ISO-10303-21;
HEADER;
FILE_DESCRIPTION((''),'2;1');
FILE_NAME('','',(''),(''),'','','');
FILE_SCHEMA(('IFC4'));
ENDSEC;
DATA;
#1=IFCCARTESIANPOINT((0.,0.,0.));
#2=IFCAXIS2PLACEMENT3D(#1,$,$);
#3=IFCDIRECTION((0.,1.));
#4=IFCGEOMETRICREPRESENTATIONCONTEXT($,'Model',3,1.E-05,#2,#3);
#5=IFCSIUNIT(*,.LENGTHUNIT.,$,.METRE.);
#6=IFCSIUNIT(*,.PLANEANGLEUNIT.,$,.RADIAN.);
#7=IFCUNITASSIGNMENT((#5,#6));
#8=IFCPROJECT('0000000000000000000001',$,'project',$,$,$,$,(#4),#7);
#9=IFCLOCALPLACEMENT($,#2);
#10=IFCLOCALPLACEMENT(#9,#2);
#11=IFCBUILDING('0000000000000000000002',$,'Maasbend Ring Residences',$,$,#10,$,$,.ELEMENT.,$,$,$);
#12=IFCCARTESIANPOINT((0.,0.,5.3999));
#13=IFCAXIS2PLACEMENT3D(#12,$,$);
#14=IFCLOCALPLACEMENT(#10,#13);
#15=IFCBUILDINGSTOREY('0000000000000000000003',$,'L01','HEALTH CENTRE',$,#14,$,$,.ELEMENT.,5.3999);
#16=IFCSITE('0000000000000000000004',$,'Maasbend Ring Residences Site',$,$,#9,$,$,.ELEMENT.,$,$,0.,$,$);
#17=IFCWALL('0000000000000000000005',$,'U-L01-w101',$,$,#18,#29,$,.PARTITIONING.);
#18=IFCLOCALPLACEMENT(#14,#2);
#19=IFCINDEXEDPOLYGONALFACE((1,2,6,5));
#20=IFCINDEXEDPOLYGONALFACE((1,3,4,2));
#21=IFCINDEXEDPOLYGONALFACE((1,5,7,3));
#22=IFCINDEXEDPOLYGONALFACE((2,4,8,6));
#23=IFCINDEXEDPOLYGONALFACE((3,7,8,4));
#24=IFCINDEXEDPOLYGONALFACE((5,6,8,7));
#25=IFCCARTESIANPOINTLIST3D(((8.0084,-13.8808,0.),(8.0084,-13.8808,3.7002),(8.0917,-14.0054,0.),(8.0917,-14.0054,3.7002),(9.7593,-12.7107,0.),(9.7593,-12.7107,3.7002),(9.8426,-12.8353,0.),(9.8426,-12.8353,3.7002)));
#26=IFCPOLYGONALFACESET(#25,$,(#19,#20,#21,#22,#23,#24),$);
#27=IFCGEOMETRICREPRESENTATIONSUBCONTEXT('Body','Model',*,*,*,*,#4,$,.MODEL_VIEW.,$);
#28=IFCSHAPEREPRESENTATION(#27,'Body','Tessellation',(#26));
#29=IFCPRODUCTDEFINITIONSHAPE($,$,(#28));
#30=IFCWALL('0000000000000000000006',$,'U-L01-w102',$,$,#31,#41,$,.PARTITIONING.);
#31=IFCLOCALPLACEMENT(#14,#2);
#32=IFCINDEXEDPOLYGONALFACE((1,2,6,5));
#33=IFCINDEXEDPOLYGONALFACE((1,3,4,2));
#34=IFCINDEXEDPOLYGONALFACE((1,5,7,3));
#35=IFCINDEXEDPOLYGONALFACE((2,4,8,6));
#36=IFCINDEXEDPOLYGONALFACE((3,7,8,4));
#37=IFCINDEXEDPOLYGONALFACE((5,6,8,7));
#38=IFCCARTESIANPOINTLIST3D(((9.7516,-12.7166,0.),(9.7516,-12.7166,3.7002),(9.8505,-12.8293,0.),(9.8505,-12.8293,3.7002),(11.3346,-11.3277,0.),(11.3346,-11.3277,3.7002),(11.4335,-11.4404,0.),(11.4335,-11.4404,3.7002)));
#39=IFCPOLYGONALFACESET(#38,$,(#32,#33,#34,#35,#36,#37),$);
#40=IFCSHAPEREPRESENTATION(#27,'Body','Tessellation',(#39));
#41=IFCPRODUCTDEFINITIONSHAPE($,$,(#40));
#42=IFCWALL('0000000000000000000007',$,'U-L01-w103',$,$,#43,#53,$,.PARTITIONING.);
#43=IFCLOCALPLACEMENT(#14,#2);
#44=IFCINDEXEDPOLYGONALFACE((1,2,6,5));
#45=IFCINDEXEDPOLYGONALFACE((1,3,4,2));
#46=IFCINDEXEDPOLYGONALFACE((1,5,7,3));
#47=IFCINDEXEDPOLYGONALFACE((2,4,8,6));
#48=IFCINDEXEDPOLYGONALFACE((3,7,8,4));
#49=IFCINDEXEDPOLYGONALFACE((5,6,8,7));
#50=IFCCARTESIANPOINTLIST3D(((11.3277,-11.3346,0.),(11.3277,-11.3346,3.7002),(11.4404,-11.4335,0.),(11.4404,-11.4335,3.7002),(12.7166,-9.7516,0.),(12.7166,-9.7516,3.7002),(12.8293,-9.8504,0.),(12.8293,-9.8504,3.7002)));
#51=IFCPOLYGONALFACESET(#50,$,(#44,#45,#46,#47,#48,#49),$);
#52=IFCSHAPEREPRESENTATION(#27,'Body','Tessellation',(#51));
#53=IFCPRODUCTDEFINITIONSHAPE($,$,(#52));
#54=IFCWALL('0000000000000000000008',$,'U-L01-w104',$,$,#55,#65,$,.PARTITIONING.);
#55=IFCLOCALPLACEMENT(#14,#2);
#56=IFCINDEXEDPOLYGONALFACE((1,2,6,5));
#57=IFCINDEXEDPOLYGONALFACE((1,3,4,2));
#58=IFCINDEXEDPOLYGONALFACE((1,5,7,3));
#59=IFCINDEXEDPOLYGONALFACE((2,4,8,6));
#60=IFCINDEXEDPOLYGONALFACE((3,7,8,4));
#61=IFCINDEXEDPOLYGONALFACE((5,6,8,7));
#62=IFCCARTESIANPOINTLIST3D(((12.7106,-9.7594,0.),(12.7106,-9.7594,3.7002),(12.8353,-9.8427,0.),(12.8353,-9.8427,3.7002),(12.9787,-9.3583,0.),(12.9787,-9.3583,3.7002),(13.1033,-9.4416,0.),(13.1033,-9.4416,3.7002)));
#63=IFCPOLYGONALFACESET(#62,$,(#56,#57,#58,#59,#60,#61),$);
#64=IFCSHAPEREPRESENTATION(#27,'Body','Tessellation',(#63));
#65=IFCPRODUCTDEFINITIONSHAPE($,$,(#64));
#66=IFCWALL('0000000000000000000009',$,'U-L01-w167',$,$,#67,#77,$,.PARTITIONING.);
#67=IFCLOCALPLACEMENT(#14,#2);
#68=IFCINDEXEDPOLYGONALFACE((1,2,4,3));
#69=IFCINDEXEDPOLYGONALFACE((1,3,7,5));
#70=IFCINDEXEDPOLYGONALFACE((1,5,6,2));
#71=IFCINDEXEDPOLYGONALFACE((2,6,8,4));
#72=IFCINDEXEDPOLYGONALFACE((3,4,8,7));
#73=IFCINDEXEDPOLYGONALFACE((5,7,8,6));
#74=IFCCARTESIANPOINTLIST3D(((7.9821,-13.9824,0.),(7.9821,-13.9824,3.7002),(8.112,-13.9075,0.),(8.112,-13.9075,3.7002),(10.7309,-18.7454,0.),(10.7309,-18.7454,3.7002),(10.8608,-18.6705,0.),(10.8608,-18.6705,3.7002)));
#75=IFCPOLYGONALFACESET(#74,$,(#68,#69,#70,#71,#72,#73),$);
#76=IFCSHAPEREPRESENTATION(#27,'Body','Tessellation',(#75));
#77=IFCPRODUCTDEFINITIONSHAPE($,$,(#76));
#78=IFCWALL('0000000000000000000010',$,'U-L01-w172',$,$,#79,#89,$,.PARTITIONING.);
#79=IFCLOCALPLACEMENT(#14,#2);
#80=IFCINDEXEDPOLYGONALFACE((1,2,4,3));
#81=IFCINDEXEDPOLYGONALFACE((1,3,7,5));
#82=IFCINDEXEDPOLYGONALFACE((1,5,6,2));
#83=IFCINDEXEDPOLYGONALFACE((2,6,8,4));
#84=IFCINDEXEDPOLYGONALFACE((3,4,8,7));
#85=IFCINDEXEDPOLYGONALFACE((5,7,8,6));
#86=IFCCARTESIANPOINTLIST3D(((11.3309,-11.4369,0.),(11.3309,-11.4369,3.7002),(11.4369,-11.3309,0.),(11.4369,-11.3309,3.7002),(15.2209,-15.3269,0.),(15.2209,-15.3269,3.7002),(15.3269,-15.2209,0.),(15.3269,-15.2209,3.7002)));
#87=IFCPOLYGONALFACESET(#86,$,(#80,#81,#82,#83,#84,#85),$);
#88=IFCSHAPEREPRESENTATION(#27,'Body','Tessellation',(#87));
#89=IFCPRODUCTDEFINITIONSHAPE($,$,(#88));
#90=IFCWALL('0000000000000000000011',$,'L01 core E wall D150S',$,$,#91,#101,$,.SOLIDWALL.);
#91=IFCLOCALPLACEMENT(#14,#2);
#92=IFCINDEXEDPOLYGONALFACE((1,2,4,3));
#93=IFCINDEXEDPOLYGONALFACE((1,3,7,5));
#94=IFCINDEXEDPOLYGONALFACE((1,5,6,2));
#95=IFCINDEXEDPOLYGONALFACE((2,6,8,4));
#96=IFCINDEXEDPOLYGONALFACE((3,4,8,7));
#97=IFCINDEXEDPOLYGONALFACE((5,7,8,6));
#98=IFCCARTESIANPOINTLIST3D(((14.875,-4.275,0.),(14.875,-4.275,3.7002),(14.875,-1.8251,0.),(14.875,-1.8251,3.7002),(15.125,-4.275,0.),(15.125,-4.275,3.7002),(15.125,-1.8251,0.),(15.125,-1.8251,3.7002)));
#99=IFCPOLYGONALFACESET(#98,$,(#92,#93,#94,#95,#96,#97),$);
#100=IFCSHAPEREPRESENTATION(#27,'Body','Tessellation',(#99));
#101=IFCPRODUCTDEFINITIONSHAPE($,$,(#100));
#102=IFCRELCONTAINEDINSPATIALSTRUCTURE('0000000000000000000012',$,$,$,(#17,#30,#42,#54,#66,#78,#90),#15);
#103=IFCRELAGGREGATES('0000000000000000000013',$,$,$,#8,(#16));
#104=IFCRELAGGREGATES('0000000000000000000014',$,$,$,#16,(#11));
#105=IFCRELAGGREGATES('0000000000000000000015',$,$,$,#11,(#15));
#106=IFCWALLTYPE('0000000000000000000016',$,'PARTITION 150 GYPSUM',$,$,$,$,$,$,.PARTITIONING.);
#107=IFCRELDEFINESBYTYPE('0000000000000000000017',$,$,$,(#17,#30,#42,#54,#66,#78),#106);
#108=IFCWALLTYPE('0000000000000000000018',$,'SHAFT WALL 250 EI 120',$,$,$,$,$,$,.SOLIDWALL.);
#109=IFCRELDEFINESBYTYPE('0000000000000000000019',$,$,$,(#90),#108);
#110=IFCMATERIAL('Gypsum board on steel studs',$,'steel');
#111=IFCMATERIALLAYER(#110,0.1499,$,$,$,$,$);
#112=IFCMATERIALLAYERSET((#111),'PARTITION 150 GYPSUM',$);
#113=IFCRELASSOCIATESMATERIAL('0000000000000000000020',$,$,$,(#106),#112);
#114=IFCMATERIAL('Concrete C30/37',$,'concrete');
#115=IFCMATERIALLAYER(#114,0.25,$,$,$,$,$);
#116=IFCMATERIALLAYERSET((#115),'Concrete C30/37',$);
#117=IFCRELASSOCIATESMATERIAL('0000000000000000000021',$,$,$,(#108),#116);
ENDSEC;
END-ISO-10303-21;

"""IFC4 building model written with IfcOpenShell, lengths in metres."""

from ifc_helpers import new_model, si_unit, direction, frame, frame_2d, origin, place, context, subcontext, project, spatial, rectangle, extrude, material, layer, layer_set, type_object, element, save


model = new_model("IFC4")

# Units and contexts
model_context = context("Model", 3, precision=1e-05, world=origin(), true_north=direction((0.0, 1.0)))
body_context = subcontext(model_context, "Body", "Model", "MODEL_VIEW")
ifc_project = project(units=[si_unit("LENGTHUNIT", "METRE"), si_unit("PLANEANGLEUNIT", "RADIAN")], contexts=[model_context])

# Site, building, storey
site_placement = place(None, origin())
site = spatial("IfcSite", under=ifc_project, at=site_placement, Name="Maasbend Ring Residences Site", CompositionType="ELEMENT", RefElevation=0.0)
building_placement = place(site_placement, origin())
building = spatial("IfcBuilding", under=site, at=building_placement, Name="Maasbend Ring Residences", CompositionType="ELEMENT")
storey_placement = place(building_placement, frame((0.0, 0.0, 5.3999)))
storey = spatial("IfcBuildingStorey", under=building, at=storey_placement, Name="L01", Description="HEALTH CENTRE", CompositionType="ELEMENT", Elevation=5.3999)

# Walls
ifc_material_1 = material(Name="Gypsum board on steel studs", Category="steel")
ifc_layer_1 = layer(ifc_material_1, 0.1499)
ifc_layer_set_1 = layer_set([ifc_layer_1], Name="PARTITION 150 GYPSUM")
wall_type_1 = type_object("IfcWallType", Name="PARTITION 150 GYPSUM", PredefinedType="PARTITIONING", material=ifc_layer_set_1)
for number, where, z_axis, x_axis, name in (
    (1, (8.05, -13.9431, 0.0), (0.0, 0.0, 1.0), (0.831426, 0.555636, 0.0), "U-L01-w101"),
    (2, (9.801, -12.7729, 0.0), (0.0, 0.0, 1.0), (0.751686, 0.659522, 0.0), "U-L01-w102"),
    (3, (11.384, -11.384, 0.0), (0.0, 0.0, 1.0), (0.659522, 0.751686, 0.0), "U-L01-w103"),
):
    element("IfcWall", number, at=place(storey_placement, frame(where, z_axis=z_axis, x_axis=x_axis)), inside=storey, type_object=wall_type_1, Name=name, PredefinedType="PARTITIONING", context=body_context, shape_type="SweptSolid", body=[
        extrude(rectangle(XDim=2.106, YDim=0.1499, at=frame_2d((1.053, 0.0))), origin(), (0.0, 0.0, 1.0), 3.7002),
    ])
wall_1_placement = place(storey_placement, frame((12.7729, -9.801, 0.0), z_axis=(0.0, 0.0, 1.0), x_axis=(0.555634, 0.831427, 0.0)))
element("IfcWall", 4, at=wall_1_placement, inside=storey, type_object=wall_type_1, Name="U-L01-w104", PredefinedType="PARTITIONING", context=body_context, shape_type="SweptSolid", body=[
    extrude(rectangle(XDim=0.4824, YDim=0.1499, at=frame_2d((0.2412, 0.0))), origin(), (0.0, 0.0, 1.0), 3.7002),
])
wall_2_placement = place(storey_placement, frame((8.0471, -13.9451, 0.0), z_axis=(0.0, 0.0, 1.0), x_axis=(0.499849, -0.866112, 0.0)))
element("IfcWall", 5, at=wall_2_placement, inside=storey, type_object=wall_type_1, Name="U-L01-w167", PredefinedType="PARTITIONING", context=body_context, shape_type="SweptSolid", body=[
    extrude(rectangle(XDim=5.4993, YDim=0.1499, at=frame_2d((2.7495, 0.0))), origin(), (0.0, 0.0, 1.0), 3.7002),
])
wall_3_placement = place(storey_placement, frame((11.384, -11.384, 0.0), z_axis=(0.0, 0.0, 1.0), x_axis=(0.707107, -0.707107, 0.0)))
element("IfcWall", 6, at=wall_3_placement, inside=storey, type_object=wall_type_1, Name="U-L01-w172", PredefinedType="PARTITIONING", context=body_context, shape_type="SweptSolid", body=[
    extrude(rectangle(XDim=5.5012, YDim=0.1499, at=frame_2d((2.7505, 0.0))), origin(), (0.0, 0.0, 1.0), 3.7002),
])
ifc_material_2 = material(Name="Concrete C30/37", Category="concrete")
ifc_layer_2 = layer(ifc_material_2, 0.25)
ifc_layer_set_2 = layer_set([ifc_layer_2], Name="Concrete C30/37")
wall_type_2 = type_object("IfcWallType", Name="SHAFT WALL 250 EI 120", PredefinedType="SOLIDWALL", material=ifc_layer_set_2)
wall_4_placement = place(storey_placement, frame((15.0, -1.825, 0.0), z_axis=(0.0, 0.0, 1.0), x_axis=(0.0, -1.0, 0.0)))
element("IfcWall", 7, at=wall_4_placement, inside=storey, type_object=wall_type_2, Name="L01 core E wall D150S", PredefinedType="SOLIDWALL", context=body_context, shape_type="SweptSolid", body=[
    extrude(rectangle(XDim=2.45, YDim=0.25, at=frame_2d((1.2251, 0.0))), origin(), (0.0, 0.0, 1.0), 3.7002),
])

save(model, "model.ifc")
